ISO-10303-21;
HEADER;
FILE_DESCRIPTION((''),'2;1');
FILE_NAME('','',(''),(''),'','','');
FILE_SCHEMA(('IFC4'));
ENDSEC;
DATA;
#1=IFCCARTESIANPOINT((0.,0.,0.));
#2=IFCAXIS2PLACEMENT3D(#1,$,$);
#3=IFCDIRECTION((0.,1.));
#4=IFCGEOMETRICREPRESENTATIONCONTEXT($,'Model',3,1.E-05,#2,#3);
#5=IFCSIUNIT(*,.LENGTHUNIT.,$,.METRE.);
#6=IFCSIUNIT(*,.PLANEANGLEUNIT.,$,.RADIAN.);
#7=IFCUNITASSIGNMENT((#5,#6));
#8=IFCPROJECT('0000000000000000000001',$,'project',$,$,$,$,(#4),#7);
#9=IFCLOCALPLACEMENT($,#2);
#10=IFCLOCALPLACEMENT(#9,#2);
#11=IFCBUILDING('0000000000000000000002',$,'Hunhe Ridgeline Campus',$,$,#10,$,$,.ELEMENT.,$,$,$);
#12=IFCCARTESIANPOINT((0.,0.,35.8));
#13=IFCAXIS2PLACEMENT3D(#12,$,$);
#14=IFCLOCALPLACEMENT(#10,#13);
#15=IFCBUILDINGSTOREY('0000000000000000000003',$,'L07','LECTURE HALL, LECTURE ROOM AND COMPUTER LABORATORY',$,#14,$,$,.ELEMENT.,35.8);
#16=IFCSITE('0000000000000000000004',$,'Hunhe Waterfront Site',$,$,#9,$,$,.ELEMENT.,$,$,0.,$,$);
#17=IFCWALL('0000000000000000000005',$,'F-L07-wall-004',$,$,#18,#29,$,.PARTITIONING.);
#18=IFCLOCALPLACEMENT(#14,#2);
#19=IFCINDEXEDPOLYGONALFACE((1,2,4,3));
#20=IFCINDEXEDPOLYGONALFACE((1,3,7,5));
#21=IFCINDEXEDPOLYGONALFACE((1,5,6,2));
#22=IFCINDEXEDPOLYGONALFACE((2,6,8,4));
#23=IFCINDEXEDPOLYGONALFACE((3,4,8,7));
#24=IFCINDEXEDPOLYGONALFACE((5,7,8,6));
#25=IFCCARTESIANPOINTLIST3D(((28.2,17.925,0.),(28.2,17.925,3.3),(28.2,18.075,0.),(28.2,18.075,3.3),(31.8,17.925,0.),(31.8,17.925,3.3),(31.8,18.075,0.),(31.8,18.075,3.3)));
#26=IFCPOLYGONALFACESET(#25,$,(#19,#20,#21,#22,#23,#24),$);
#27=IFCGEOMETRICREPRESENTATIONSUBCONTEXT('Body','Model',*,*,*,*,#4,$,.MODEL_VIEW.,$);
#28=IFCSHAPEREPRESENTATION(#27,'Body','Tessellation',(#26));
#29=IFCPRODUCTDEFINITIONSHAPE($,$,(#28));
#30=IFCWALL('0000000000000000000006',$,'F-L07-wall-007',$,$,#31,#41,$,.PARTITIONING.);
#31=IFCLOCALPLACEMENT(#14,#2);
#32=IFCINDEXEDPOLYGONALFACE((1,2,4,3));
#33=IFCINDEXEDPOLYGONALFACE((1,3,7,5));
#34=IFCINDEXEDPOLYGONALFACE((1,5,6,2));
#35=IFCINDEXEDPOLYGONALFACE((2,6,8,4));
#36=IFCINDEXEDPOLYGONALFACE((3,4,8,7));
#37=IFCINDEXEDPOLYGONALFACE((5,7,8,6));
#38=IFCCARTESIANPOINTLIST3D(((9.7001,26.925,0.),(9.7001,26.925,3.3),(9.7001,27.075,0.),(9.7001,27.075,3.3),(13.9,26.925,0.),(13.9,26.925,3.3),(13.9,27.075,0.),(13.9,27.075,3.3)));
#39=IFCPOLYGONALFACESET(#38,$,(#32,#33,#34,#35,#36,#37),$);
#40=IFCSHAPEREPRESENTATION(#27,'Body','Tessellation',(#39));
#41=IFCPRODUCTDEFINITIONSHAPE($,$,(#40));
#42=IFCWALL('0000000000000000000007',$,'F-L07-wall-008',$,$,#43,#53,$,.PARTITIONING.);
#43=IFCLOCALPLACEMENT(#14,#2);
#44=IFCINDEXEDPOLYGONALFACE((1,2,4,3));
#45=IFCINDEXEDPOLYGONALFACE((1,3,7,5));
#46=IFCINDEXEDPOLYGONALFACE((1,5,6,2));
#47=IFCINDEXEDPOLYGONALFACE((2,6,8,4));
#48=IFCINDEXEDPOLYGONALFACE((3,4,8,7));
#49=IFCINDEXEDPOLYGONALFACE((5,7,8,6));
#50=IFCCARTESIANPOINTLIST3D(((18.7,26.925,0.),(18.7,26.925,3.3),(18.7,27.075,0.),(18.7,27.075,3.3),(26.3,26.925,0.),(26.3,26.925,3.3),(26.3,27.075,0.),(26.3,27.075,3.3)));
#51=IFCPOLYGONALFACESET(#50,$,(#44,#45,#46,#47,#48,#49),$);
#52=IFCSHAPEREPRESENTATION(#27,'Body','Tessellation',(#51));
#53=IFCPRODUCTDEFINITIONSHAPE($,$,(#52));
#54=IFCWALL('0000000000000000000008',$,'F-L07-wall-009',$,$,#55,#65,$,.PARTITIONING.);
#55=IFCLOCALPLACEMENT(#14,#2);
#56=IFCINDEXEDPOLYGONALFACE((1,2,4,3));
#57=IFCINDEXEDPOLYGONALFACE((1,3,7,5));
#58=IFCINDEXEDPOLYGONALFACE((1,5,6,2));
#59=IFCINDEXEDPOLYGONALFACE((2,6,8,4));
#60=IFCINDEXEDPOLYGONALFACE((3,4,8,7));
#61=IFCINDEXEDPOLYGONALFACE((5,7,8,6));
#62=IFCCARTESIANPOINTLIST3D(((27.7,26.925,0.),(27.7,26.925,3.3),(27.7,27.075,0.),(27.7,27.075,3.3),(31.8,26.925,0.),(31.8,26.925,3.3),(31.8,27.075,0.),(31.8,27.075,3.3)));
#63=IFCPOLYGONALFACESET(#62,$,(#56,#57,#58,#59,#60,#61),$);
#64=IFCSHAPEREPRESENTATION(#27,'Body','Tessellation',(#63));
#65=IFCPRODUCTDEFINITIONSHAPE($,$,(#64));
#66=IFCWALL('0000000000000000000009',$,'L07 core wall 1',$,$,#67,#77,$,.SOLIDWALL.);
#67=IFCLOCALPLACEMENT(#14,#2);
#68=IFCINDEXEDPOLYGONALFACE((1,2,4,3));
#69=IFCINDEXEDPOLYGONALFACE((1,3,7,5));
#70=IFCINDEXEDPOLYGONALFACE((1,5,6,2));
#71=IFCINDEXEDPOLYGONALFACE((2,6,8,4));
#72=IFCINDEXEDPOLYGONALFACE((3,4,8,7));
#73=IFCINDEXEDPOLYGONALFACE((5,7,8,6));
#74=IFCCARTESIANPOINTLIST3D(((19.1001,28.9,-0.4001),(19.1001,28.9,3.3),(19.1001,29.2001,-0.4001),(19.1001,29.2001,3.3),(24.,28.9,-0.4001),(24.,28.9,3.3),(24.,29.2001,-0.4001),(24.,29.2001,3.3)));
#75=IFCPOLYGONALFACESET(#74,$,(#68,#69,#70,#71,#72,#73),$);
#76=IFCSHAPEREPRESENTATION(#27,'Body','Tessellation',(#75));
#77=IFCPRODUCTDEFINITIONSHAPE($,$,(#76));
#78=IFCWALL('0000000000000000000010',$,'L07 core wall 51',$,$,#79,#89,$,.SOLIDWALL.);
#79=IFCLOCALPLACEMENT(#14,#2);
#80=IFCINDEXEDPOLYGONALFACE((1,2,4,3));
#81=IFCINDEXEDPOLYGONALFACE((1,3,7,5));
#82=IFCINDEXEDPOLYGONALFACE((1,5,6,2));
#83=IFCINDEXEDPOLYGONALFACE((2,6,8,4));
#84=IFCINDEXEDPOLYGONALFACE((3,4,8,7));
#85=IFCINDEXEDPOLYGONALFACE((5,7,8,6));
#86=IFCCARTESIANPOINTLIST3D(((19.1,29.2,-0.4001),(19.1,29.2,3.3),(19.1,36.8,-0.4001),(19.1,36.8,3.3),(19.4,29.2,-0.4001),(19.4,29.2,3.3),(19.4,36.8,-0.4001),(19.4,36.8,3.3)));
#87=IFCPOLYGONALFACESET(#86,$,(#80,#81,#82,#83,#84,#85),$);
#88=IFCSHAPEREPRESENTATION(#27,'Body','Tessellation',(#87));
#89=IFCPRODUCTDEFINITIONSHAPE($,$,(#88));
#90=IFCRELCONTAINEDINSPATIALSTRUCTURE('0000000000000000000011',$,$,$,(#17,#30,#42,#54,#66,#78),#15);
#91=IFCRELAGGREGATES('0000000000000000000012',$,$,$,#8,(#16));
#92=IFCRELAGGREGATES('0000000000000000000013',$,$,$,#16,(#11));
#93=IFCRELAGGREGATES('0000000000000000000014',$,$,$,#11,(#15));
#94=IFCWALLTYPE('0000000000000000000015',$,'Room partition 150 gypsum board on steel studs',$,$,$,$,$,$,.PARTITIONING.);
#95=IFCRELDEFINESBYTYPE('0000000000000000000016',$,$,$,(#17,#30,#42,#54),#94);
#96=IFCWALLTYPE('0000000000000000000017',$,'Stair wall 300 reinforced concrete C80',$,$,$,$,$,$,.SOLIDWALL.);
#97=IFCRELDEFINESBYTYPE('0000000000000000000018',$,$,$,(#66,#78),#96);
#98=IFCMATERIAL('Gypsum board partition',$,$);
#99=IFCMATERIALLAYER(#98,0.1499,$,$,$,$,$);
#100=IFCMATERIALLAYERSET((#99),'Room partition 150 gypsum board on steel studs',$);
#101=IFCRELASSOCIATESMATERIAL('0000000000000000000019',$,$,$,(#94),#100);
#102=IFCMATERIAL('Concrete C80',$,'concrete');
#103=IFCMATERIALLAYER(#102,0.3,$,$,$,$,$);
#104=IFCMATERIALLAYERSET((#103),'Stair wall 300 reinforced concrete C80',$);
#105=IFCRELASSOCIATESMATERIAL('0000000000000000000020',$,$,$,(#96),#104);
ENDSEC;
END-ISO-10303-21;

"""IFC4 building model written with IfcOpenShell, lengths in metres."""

from ifc_helpers import new_model, si_unit, direction, frame, frame_2d, origin, place, context, subcontext, project, spatial, rectangle, extrude, material, layer, layer_set, type_object, element, save


model = new_model("IFC4")

# Units and contexts
model_context = context("Model", 3, precision=1e-05, world=origin(), true_north=direction((0.0, 1.0)))
body_context = subcontext(model_context, "Body", "Model", "MODEL_VIEW")
ifc_project = project(units=[si_unit("LENGTHUNIT", "METRE"), si_unit("PLANEANGLEUNIT", "RADIAN")], contexts=[model_context])

# Site, building, storey
site_placement = place(None, origin())
site = spatial("IfcSite", under=ifc_project, at=site_placement, Name="Hunhe Waterfront Site", CompositionType="ELEMENT", RefElevation=0.0)
building_placement = place(site_placement, origin())
building = spatial("IfcBuilding", under=site, at=building_placement, Name="Hunhe Ridgeline Campus", CompositionType="ELEMENT")
storey_placement = place(building_placement, frame((0.0, 0.0, 35.8)))
storey = spatial("IfcBuildingStorey", under=building, at=storey_placement, Name="L07", Description="LECTURE HALL, LECTURE ROOM AND COMPUTER LABORATORY", CompositionType="ELEMENT", Elevation=35.8)

# Shared definitions
ifc_material_1 = material(Name="Concrete C80", Category="concrete")

# Shared definitions
ifc_material_2 = material(Name="Gypsum board partition")

# Walls
ifc_layer_1 = layer(ifc_material_2, 0.1499)
ifc_layer_set_1 = layer_set([ifc_layer_1], Name="Room partition 150 gypsum board on steel studs")
wall_type_1 = type_object("IfcWallType", Name="Room partition 150 gypsum board on steel studs", PredefinedType="PARTITIONING", material=ifc_layer_set_1)
wall_1_placement = place(storey_placement, frame((28.2, 18.0, 0.0), z_axis=(0.0, 0.0, 1.0), x_axis=(1.0, 0.0, 0.0)))
element("IfcWall", 1, at=wall_1_placement, inside=storey, type_object=wall_type_1, Name="F-L07-wall-004", PredefinedType="PARTITIONING", context=body_context, shape_type="SweptSolid", body=[
    extrude(rectangle(XDim=3.6001, YDim=0.1499, at=frame_2d((1.8, 0.0))), origin(), (0.0, 0.0, 1.0), 3.3),
])
wall_2_placement = place(storey_placement, frame((9.7, 27.0, 0.0), z_axis=(0.0, 0.0, 1.0), x_axis=(1.0, 0.0, 0.0)))
element("IfcWall", 2, at=wall_2_placement, inside=storey, type_object=wall_type_1, Name="F-L07-wall-007", PredefinedType="PARTITIONING", context=body_context, shape_type="SweptSolid", body=[
    extrude(rectangle(XDim=4.2, YDim=0.1499, at=frame_2d((2.1001, 0.0))), origin(), (0.0, 0.0, 1.0), 3.3),
])
wall_3_placement = place(storey_placement, frame((18.7, 27.0, 0.0), z_axis=(0.0, 0.0, 1.0), x_axis=(1.0, 0.0, 0.0)))
element("IfcWall", 3, at=wall_3_placement, inside=storey, type_object=wall_type_1, Name="F-L07-wall-008", PredefinedType="PARTITIONING", context=body_context, shape_type="SweptSolid", body=[
    extrude(rectangle(XDim=7.6001, YDim=0.1499, at=frame_2d((3.8, 0.0))), origin(), (0.0, 0.0, 1.0), 3.3),
])
wall_4_placement = place(storey_placement, frame((27.7, 27.0, 0.0), z_axis=(0.0, 0.0, 1.0), x_axis=(1.0, 0.0, 0.0)))
element("IfcWall", 4, at=wall_4_placement, inside=storey, type_object=wall_type_1, Name="F-L07-wall-009", PredefinedType="PARTITIONING", context=body_context, shape_type="SweptSolid", body=[
    extrude(rectangle(XDim=4.1001, YDim=0.1499, at=frame_2d((2.05, 0.0))), origin(), (0.0, 0.0, 1.0), 3.3),
])
ifc_layer_2 = layer(ifc_material_1, 0.3)
ifc_layer_set_2 = layer_set([ifc_layer_2], Name="Stair wall 300 reinforced concrete C80")
wall_type_2 = type_object("IfcWallType", Name="Stair wall 300 reinforced concrete C80", PredefinedType="SOLIDWALL", material=ifc_layer_set_2)
wall_5_placement = place(storey_placement, frame((19.1001, 29.05, -0.4001), z_axis=(0.0, 0.0, 1.0), x_axis=(1.0, 0.0, 0.0)))
element("IfcWall", 5, at=wall_5_placement, inside=storey, type_object=wall_type_2, Name="L07 core wall 1", PredefinedType="SOLIDWALL", context=body_context, shape_type="SweptSolid", body=[
    extrude(rectangle(XDim=4.8999, YDim=0.3, at=frame_2d((2.45, 0.0))), origin(), (0.0, 0.0, 1.0), 3.7002),
])
wall_6_placement = place(storey_placement, frame((19.25, 29.2, -0.4001), z_axis=(0.0, 0.0, 1.0), x_axis=(0.0, 1.0, 0.0)))
element("IfcWall", 6, at=wall_6_placement, inside=storey, type_object=wall_type_2, Name="L07 core wall 51", PredefinedType="SOLIDWALL", context=body_context, shape_type="SweptSolid", body=[
    extrude(rectangle(XDim=7.6001, YDim=0.3, at=frame_2d((3.8, 0.0))), origin(), (0.0, 0.0, 1.0), 3.7002),
])

save(model, "model.ifc")
